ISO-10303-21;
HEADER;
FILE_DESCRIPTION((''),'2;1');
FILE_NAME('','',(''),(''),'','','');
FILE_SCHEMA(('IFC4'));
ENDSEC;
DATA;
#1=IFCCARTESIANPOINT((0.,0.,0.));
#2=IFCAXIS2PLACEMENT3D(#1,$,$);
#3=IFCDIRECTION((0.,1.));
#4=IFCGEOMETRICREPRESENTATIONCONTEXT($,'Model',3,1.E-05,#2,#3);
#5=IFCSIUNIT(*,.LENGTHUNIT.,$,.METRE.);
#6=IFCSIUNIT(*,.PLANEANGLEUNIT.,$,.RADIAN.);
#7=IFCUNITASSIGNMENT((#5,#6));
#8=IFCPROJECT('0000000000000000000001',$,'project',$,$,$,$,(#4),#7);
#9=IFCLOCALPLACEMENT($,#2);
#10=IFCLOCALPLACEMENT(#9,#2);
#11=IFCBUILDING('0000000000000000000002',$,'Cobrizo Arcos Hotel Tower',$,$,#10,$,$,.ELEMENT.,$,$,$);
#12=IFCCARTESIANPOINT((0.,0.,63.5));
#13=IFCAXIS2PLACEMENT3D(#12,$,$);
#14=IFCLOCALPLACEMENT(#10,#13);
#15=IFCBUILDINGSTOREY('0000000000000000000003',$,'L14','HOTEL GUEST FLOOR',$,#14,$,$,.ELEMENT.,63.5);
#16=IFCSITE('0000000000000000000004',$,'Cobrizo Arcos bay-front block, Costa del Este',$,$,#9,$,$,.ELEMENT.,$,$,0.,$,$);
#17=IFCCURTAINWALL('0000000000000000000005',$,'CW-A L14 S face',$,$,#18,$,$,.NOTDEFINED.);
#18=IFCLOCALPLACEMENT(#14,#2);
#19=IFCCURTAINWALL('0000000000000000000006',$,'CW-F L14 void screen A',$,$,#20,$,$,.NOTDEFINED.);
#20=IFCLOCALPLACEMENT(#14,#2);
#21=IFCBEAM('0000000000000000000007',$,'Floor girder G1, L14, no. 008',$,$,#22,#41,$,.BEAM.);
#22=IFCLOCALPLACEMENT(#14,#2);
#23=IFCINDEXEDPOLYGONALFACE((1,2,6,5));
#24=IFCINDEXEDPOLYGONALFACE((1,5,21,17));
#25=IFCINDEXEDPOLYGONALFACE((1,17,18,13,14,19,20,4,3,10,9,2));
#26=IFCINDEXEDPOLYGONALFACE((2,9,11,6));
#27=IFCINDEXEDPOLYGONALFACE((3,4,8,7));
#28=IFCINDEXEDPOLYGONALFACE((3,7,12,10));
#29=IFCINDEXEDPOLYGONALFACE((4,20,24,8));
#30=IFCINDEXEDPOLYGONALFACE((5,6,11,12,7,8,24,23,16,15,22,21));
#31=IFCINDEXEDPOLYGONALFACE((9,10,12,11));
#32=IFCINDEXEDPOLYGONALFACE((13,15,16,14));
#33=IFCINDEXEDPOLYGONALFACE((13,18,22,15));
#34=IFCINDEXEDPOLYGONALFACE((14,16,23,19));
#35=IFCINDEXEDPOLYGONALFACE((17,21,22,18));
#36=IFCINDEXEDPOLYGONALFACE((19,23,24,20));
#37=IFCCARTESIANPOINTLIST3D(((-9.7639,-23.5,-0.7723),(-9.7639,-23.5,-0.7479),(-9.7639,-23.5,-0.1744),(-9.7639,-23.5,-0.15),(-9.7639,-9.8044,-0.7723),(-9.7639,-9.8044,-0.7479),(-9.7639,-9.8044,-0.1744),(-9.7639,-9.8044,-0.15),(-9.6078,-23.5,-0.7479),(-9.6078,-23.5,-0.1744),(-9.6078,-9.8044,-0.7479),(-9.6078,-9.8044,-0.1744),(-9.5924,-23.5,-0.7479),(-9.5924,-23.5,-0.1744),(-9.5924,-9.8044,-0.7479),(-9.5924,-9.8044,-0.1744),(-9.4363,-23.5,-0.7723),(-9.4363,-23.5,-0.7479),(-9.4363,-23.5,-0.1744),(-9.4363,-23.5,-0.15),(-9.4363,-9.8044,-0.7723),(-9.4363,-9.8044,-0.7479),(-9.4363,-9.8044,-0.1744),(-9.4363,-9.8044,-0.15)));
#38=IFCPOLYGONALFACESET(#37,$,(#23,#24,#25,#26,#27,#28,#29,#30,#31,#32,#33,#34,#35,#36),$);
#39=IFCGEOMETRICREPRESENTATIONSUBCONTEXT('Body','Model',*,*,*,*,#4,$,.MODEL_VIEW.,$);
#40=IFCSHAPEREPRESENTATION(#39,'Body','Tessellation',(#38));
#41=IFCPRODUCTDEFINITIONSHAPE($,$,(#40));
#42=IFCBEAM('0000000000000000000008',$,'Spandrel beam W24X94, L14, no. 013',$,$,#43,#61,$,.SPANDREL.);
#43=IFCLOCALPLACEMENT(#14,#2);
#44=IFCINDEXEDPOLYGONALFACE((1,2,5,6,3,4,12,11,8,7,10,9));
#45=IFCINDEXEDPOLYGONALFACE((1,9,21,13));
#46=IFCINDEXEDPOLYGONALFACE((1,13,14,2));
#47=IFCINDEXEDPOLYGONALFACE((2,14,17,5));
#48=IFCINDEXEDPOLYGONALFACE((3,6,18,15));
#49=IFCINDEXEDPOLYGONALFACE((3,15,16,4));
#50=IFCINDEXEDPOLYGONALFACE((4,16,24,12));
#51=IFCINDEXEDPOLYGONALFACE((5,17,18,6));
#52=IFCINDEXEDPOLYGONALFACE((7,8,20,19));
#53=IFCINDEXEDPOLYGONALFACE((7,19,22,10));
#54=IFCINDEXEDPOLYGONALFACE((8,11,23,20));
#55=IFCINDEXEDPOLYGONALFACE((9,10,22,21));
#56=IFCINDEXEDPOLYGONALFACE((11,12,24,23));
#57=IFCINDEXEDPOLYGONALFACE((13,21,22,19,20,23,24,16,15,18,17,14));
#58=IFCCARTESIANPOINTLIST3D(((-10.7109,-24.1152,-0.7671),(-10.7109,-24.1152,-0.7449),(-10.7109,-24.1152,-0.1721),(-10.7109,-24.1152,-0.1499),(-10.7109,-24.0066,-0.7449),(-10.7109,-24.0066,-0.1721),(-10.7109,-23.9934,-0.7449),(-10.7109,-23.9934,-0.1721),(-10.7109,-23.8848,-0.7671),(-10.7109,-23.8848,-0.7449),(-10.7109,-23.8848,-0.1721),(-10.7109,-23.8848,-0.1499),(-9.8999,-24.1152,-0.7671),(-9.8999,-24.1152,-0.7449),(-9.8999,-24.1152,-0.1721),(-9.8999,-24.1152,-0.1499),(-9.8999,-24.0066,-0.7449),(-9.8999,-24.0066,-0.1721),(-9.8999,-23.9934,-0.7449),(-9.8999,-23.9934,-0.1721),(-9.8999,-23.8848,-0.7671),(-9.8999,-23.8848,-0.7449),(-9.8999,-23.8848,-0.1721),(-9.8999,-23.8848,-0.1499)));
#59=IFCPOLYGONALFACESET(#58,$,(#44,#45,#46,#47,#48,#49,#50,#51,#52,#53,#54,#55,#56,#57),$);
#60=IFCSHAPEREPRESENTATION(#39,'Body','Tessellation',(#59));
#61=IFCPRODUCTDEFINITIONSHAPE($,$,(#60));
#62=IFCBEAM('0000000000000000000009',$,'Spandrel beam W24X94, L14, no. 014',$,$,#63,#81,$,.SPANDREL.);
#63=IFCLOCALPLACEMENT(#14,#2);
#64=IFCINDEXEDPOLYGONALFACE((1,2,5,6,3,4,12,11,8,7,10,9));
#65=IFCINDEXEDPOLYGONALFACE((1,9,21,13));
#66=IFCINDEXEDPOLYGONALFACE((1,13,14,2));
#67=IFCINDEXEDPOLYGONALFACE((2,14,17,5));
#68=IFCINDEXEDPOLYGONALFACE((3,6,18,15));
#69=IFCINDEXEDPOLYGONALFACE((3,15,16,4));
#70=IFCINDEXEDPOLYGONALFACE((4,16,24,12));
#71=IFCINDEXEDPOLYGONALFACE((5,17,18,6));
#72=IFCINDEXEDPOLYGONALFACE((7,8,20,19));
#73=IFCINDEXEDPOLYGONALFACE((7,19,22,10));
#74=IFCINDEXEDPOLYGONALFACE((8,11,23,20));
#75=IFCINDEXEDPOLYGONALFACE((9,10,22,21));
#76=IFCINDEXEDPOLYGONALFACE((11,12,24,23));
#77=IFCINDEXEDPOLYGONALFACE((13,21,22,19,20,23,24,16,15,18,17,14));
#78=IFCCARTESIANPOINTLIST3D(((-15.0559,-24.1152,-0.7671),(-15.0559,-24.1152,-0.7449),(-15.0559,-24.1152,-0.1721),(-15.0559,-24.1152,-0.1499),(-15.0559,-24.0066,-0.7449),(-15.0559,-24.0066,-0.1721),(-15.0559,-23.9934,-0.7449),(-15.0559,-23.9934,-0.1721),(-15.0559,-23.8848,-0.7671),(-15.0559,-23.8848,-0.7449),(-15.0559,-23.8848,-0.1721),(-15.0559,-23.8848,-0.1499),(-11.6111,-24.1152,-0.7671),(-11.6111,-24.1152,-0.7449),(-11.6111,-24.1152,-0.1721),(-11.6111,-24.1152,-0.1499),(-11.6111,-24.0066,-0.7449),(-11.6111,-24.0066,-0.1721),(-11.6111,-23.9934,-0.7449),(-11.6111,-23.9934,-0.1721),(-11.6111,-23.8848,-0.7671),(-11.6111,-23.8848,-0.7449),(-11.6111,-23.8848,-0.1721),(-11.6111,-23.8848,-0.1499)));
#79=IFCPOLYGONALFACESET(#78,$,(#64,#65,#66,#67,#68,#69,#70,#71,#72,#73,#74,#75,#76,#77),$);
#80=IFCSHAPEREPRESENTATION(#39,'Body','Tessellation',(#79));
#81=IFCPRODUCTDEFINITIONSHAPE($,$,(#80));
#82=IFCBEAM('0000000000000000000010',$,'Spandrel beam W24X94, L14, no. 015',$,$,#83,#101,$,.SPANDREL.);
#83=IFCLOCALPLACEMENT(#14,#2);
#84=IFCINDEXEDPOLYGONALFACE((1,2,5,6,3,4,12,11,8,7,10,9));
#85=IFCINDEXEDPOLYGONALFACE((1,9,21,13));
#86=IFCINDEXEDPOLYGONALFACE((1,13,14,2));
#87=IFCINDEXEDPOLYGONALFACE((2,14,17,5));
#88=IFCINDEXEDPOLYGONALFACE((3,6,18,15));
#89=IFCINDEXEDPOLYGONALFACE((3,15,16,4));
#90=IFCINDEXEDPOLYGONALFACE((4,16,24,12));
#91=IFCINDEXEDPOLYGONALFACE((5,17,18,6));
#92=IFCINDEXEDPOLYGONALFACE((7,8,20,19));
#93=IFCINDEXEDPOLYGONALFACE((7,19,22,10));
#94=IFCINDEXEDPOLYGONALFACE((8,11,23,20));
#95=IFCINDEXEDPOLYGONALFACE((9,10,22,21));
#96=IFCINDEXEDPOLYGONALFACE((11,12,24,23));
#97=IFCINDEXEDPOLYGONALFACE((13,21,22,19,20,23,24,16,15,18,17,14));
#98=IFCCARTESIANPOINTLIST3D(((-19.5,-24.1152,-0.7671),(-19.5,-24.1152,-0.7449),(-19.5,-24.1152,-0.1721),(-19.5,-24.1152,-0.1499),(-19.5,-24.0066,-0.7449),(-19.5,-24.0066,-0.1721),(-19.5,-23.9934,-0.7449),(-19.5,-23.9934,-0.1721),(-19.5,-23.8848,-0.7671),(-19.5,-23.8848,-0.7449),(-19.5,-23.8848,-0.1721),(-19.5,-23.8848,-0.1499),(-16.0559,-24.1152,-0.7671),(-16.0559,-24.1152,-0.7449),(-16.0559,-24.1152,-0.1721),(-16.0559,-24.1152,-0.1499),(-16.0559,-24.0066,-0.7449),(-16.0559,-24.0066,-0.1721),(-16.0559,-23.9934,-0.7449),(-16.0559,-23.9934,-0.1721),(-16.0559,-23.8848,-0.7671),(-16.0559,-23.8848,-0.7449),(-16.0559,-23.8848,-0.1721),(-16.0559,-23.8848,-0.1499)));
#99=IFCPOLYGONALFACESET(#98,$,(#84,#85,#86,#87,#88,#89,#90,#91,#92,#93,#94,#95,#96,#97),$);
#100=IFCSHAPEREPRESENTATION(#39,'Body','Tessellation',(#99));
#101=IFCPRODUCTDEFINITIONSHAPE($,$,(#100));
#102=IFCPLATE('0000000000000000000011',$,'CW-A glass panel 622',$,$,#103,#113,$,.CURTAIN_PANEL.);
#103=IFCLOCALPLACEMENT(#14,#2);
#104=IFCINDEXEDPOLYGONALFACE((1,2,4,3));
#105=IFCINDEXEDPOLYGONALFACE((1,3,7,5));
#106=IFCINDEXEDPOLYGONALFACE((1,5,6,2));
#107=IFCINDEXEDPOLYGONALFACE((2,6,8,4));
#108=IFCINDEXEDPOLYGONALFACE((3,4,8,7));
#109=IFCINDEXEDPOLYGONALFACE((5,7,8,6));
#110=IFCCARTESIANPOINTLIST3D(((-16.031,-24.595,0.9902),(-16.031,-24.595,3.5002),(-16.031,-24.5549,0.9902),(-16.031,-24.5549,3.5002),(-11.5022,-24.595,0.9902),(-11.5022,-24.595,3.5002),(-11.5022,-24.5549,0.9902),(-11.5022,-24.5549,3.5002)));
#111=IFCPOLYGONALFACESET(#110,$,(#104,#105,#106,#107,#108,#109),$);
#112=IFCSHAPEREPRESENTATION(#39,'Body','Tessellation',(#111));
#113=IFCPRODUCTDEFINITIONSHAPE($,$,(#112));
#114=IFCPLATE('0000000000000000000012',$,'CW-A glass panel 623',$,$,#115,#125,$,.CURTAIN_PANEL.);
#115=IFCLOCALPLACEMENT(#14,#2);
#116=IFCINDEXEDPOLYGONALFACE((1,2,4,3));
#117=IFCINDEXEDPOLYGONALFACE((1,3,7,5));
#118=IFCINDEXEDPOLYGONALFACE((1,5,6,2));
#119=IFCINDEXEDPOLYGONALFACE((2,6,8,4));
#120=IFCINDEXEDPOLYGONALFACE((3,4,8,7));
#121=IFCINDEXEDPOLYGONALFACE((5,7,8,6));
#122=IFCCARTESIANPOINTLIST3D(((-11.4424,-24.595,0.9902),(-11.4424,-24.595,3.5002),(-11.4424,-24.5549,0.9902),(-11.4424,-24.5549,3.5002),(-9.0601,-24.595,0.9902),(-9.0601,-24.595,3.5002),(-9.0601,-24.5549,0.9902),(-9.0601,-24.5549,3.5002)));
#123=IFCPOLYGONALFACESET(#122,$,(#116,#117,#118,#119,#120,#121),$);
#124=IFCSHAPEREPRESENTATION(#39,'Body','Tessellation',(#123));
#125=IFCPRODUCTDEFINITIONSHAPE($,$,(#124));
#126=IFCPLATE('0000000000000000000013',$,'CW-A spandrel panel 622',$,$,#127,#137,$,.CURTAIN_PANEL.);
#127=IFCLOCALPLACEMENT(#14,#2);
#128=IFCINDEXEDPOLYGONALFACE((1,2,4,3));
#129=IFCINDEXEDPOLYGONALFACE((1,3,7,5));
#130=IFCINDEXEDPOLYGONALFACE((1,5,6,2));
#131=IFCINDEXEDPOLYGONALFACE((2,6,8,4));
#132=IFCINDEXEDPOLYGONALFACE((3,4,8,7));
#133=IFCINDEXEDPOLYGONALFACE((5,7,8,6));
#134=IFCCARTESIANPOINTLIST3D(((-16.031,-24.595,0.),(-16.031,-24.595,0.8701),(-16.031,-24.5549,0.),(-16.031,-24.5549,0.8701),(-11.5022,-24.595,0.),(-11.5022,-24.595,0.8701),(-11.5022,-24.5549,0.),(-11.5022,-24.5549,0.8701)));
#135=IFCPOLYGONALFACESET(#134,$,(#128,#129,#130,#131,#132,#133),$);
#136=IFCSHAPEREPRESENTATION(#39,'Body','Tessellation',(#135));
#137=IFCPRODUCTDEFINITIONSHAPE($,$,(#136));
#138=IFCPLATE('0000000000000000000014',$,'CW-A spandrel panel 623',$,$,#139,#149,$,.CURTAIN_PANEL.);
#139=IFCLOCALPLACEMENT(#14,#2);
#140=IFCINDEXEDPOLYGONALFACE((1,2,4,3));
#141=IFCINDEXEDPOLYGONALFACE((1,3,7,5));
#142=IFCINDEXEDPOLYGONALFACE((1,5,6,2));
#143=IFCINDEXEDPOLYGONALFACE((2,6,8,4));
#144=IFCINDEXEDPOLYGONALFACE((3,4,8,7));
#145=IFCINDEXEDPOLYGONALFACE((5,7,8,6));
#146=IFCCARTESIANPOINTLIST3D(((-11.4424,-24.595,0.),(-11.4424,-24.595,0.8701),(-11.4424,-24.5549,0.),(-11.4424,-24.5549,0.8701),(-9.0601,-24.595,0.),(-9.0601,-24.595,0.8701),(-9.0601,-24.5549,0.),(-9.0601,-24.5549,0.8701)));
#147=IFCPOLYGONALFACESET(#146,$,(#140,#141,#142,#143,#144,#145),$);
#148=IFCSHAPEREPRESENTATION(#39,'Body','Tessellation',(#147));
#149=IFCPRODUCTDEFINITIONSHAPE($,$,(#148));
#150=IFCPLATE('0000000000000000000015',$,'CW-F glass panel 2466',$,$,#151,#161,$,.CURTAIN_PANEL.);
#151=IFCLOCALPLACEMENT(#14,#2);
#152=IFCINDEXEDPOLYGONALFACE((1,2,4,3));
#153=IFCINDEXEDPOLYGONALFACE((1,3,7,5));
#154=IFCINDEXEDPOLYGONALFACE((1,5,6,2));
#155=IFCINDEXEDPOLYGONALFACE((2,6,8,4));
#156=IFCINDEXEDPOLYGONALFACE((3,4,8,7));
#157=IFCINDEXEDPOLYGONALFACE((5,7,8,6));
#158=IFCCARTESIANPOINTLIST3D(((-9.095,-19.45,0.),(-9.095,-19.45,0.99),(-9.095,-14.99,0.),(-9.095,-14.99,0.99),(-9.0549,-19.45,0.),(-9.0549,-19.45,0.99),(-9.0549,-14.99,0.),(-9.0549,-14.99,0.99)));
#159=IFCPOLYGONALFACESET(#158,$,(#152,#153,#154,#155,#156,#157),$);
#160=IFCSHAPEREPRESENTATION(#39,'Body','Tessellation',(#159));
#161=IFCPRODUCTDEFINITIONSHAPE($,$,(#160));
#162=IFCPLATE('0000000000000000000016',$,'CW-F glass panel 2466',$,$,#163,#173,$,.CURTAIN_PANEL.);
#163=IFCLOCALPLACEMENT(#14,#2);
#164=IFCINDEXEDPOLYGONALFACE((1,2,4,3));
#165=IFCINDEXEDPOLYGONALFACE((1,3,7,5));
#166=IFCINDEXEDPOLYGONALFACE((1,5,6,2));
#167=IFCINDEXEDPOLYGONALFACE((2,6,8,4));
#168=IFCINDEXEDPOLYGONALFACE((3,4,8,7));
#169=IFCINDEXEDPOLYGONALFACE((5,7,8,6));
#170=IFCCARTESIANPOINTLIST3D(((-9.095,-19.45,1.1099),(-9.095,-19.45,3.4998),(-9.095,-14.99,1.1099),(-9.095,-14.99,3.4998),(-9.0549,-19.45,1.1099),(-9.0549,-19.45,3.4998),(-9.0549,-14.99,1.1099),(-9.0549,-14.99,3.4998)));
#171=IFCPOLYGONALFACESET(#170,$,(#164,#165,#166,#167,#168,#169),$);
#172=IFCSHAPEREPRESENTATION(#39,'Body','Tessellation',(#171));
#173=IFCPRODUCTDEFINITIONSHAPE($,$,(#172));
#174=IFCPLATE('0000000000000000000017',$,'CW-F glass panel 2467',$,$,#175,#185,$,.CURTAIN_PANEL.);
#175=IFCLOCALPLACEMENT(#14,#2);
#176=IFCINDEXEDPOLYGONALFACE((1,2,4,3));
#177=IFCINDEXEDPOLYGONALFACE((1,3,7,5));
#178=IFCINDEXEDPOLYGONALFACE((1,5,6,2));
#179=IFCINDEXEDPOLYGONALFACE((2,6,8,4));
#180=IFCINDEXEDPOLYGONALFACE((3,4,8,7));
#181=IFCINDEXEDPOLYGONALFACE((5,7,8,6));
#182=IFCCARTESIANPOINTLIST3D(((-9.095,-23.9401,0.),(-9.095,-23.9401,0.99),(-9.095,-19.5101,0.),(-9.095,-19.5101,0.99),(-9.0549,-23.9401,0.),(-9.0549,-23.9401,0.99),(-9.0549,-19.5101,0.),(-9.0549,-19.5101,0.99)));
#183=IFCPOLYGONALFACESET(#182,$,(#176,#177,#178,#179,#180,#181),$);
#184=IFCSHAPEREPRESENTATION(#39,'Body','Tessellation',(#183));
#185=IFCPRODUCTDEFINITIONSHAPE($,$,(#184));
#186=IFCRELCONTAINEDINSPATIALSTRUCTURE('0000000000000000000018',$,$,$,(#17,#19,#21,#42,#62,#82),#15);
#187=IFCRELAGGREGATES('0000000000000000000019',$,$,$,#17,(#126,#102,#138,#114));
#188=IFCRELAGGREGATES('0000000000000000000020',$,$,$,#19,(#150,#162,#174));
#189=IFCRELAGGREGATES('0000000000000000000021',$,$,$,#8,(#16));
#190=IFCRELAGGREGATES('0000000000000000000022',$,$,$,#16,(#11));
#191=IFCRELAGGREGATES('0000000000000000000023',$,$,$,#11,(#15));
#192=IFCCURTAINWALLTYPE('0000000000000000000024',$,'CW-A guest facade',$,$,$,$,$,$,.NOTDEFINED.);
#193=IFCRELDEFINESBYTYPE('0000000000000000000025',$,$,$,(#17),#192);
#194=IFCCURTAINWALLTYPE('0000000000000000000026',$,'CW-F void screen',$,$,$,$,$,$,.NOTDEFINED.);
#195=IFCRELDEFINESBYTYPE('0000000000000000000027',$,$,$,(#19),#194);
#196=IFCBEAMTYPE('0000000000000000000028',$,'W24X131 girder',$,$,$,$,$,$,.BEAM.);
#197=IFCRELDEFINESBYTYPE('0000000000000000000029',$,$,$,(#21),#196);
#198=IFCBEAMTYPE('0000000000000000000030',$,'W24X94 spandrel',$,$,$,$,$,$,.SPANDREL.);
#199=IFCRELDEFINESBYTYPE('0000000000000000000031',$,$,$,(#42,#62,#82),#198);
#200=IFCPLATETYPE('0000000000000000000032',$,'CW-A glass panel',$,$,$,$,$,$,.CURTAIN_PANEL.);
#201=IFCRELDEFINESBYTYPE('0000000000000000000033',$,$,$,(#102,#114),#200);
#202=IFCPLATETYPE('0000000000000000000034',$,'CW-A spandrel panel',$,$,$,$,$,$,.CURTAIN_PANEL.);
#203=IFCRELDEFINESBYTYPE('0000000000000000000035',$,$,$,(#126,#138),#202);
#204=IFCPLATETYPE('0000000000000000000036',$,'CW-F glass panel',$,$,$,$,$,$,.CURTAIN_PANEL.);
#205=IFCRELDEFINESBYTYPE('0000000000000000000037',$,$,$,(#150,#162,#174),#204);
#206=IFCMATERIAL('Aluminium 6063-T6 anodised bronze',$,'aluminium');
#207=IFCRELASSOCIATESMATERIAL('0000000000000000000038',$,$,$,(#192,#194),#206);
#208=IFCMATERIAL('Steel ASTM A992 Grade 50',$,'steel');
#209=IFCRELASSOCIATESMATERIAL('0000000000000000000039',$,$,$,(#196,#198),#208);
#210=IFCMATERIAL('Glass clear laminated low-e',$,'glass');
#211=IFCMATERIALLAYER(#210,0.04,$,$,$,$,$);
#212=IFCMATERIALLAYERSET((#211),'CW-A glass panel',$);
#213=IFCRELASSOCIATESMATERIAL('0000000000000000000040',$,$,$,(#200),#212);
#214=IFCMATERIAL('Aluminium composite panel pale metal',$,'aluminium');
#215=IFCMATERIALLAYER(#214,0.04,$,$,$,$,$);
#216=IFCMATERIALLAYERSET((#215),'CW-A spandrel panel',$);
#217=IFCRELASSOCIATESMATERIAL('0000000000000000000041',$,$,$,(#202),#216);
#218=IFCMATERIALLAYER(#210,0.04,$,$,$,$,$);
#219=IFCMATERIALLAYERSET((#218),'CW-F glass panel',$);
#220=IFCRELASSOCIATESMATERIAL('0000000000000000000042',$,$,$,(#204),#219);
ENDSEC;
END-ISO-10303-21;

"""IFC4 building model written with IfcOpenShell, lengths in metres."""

from ifc_helpers import new_model, si_unit, direction, frame, origin, origin_2d, place, context, subcontext, project, spatial, rectangle, i_section, extrude, material, layer, layer_set, material_profile, profile_set, type_object, element, aggregate, save


model = new_model("IFC4")

# Units and contexts
model_context = context("Model", 3, precision=1e-05, world=origin(), true_north=direction((0.0, 1.0)))
body_context = subcontext(model_context, "Body", "Model", "MODEL_VIEW")
ifc_project = project(units=[si_unit("LENGTHUNIT", "METRE"), si_unit("PLANEANGLEUNIT", "RADIAN")], contexts=[model_context])

# Site, building, storey
site_placement = place(None, origin())
site = spatial("IfcSite", under=ifc_project, at=site_placement, Name="Cobrizo Arcos bay-front block, Costa del Este", CompositionType="ELEMENT", RefElevation=0.0)
building_placement = place(site_placement, origin())
building = spatial("IfcBuilding", under=site, at=building_placement, Name="Cobrizo Arcos Hotel Tower", CompositionType="ELEMENT")
storey_placement = place(building_placement, frame((0.0, 0.0, 63.5)))
storey = spatial("IfcBuildingStorey", under=building, at=storey_placement, Name="L14", Description="HOTEL GUEST FLOOR", CompositionType="ELEMENT", Elevation=63.5)

# Curtain walls
ifc_material_1 = material(Name="Aluminium 6063-T6 anodised bronze", Category="aluminium")
curtain_wall_type_1 = type_object("IfcCurtainWallType", Name="CW-A guest facade", PredefinedType="NOTDEFINED", material=ifc_material_1)
curtain_wall_1_placement = place(storey_placement, origin())
curtain_wall_1 = element("IfcCurtainWall", 1, at=curtain_wall_1_placement, inside=storey, type_object=curtain_wall_type_1, Name="CW-A L14 S face", PredefinedType="NOTDEFINED")
curtain_wall_type_2 = type_object("IfcCurtainWallType", Name="CW-F void screen", PredefinedType="NOTDEFINED", material=ifc_material_1)
curtain_wall_2_placement = place(storey_placement, origin())
curtain_wall_2 = element("IfcCurtainWall", 2, at=curtain_wall_2_placement, inside=storey, type_object=curtain_wall_type_2, Name="CW-F L14 void screen A", PredefinedType="NOTDEFINED")

# Beams
ifc_material_2 = material(Name="Steel ASTM A992 Grade 50", Category="steel")
ifc_material_profile_1 = material_profile(ifc_material_2, i_section(OverallWidth=0.3276, OverallDepth=0.6223, WebThickness=0.0154, FlangeThickness=0.0244, at=origin_2d()), Name="W24X131")
ifc_profile_set_1 = profile_set([ifc_material_profile_1], Name="Steel ASTM A992 Grade 50")
beam_type_1 = type_object("IfcBeamType", Name="W24X131 girder", PredefinedType="BEAM", material=ifc_profile_set_1)
beam_1_placement = place(storey_placement, frame((-9.6001, -23.5, -0.4612), z_axis=(0.0, 1.0, 0.0), x_axis=(-1.0, 0.0, 0.0)))
element("IfcBeam", 3, at=beam_1_placement, inside=storey, type_object=beam_type_1, Name="Floor girder G1, L14, no. 008", PredefinedType="BEAM", context=body_context, shape_type="SweptSolid", body=[
    extrude(i_section(OverallWidth=0.3276, OverallDepth=0.6223, WebThickness=0.0154, FlangeThickness=0.0244, at=origin_2d()), origin(), (0.0, 0.0, 1.0), 13.6956),
])
ifc_material_profile_2 = material_profile(ifc_material_2, i_section(OverallWidth=0.2305, OverallDepth=0.6172, WebThickness=0.0132, FlangeThickness=0.0222, at=origin_2d()), Name="W24X94")
ifc_profile_set_2 = profile_set([ifc_material_profile_2], Name="Steel ASTM A992 Grade 50")
beam_type_2 = type_object("IfcBeamType", Name="W24X94 spandrel", PredefinedType="SPANDREL", material=ifc_profile_set_2)
beam_2_placement = place(storey_placement, frame((-9.8999, -24.0, -0.4585), z_axis=(-1.0, 0.0, 0.0), x_axis=(0.0, -1.0, 0.0)))
element("IfcBeam", 4, at=beam_2_placement, inside=storey, type_object=beam_type_2, Name="Spandrel beam W24X94, L14, no. 013", PredefinedType="SPANDREL", context=body_context, shape_type="SweptSolid", body=[
    extrude(i_section(OverallWidth=0.2305, OverallDepth=0.6172, WebThickness=0.0132, FlangeThickness=0.0222, at=origin_2d()), origin(), (0.0, 0.0, 1.0), 0.811),
])
beam_3_placement = place(storey_placement, frame((-11.6111, -24.0, -0.4585), z_axis=(-1.0, 0.0, 0.0), x_axis=(0.0, -1.0, 0.0)))
element("IfcBeam", 5, at=beam_3_placement, inside=storey, type_object=beam_type_2, Name="Spandrel beam W24X94, L14, no. 014", PredefinedType="SPANDREL", context=body_context, shape_type="SweptSolid", body=[
    extrude(i_section(OverallWidth=0.2305, OverallDepth=0.6172, WebThickness=0.0132, FlangeThickness=0.0222, at=origin_2d()), origin(), (0.0, 0.0, 1.0), 3.4448),
])
beam_4_placement = place(storey_placement, frame((-16.0559, -24.0, -0.4585), z_axis=(-1.0, 0.0, 0.0), x_axis=(0.0, -1.0, 0.0)))
element("IfcBeam", 6, at=beam_4_placement, inside=storey, type_object=beam_type_2, Name="Spandrel beam W24X94, L14, no. 015", PredefinedType="SPANDREL", context=body_context, shape_type="SweptSolid", body=[
    extrude(i_section(OverallWidth=0.2305, OverallDepth=0.6172, WebThickness=0.0132, FlangeThickness=0.0222, at=origin_2d()), origin(), (0.0, 0.0, 1.0), 3.4441),
])

# Plates
ifc_material_3 = material(Name="Glass clear laminated low-e", Category="glass")
ifc_layer_1 = layer(ifc_material_3, 0.04)
ifc_layer_set_1 = layer_set([ifc_layer_1], Name="CW-A glass panel")
plate_type_1 = type_object("IfcPlateType", Name="CW-A glass panel", PredefinedType="CURTAIN_PANEL", material=ifc_layer_set_1)
plate_1_placement = place(storey_placement, frame((-13.7666, -24.575, 0.9902), z_axis=(0.0, 0.0, 1.0), x_axis=(1.0, 0.0, 0.0)))
plate_1 = element("IfcPlate", 7, at=plate_1_placement, type_object=plate_type_1, Name="CW-A glass panel 622", PredefinedType="CURTAIN_PANEL", context=body_context, shape_type="SweptSolid", body=[
    extrude(rectangle(XDim=4.5288, YDim=0.04, at=origin_2d()), origin(), (0.0, 0.0, 1.0), 2.51),
])
plate_2_placement = place(storey_placement, frame((-10.2512, -24.575, 0.9902), z_axis=(0.0, 0.0, 1.0), x_axis=(1.0, 0.0, 0.0)))
plate_2 = element("IfcPlate", 8, at=plate_2_placement, type_object=plate_type_1, Name="CW-A glass panel 623", PredefinedType="CURTAIN_PANEL", context=body_context, shape_type="SweptSolid", body=[
    extrude(rectangle(XDim=2.3823, YDim=0.04, at=origin_2d()), origin(), (0.0, 0.0, 1.0), 2.51),
])
ifc_material_4 = material(Name="Aluminium composite panel pale metal", Category="aluminium")
ifc_layer_2 = layer(ifc_material_4, 0.04)
ifc_layer_set_2 = layer_set([ifc_layer_2], Name="CW-A spandrel panel")
plate_type_2 = type_object("IfcPlateType", Name="CW-A spandrel panel", PredefinedType="CURTAIN_PANEL", material=ifc_layer_set_2)
plate_3_placement = place(storey_placement, frame((-13.7666, -24.575, 0.0), z_axis=(0.0, 0.0, 1.0), x_axis=(1.0, 0.0, 0.0)))
plate_3 = element("IfcPlate", 9, at=plate_3_placement, type_object=plate_type_2, Name="CW-A spandrel panel 622", PredefinedType="CURTAIN_PANEL", context=body_context, shape_type="SweptSolid", body=[
    extrude(rectangle(XDim=4.5288, YDim=0.04, at=origin_2d()), origin(), (0.0, 0.0, 1.0), 0.8701),
])
plate_4_placement = place(storey_placement, frame((-10.2512, -24.575, 0.0), z_axis=(0.0, 0.0, 1.0), x_axis=(1.0, 0.0, 0.0)))
plate_4 = element("IfcPlate", 10, at=plate_4_placement, type_object=plate_type_2, Name="CW-A spandrel panel 623", PredefinedType="CURTAIN_PANEL", context=body_context, shape_type="SweptSolid", body=[
    extrude(rectangle(XDim=2.3823, YDim=0.04, at=origin_2d()), origin(), (0.0, 0.0, 1.0), 0.8701),
])
aggregate(curtain_wall_1, [plate_3, plate_1, plate_4, plate_2])
ifc_layer_3 = layer(ifc_material_3, 0.04)
ifc_layer_set_3 = layer_set([ifc_layer_3], Name="CW-F glass panel")
plate_type_3 = type_object("IfcPlateType", Name="CW-F glass panel", PredefinedType="CURTAIN_PANEL", material=ifc_layer_set_3)
plate_5_placement = place(storey_placement, frame((-9.075, -17.22, 0.0), z_axis=(0.0, 0.0, 1.0), x_axis=(0.0, -1.0, 0.0)))
plate_5 = element("IfcPlate", 11, at=plate_5_placement, type_object=plate_type_3, Name="CW-F glass panel 2466", PredefinedType="CURTAIN_PANEL", context=body_context, shape_type="SweptSolid", body=[
    extrude(rectangle(XDim=4.46, YDim=0.04, at=origin_2d()), origin(), (0.0, 0.0, 1.0), 0.99),
])
plate_6_placement = place(storey_placement, frame((-9.075, -17.22, 1.1099), z_axis=(0.0, 0.0, 1.0), x_axis=(0.0, -1.0, 0.0)))
plate_6 = element("IfcPlate", 12, at=plate_6_placement, type_object=plate_type_3, Name="CW-F glass panel 2466", PredefinedType="CURTAIN_PANEL", context=body_context, shape_type="SweptSolid", body=[
    extrude(rectangle(XDim=4.46, YDim=0.04, at=origin_2d()), origin(), (0.0, 0.0, 1.0), 2.3899),
])
plate_7_placement = place(storey_placement, frame((-9.075, -21.7251, 0.0), z_axis=(0.0, 0.0, 1.0), x_axis=(0.0, -1.0, 0.0)))
plate_7 = element("IfcPlate", 13, at=plate_7_placement, type_object=plate_type_3, Name="CW-F glass panel 2467", PredefinedType="CURTAIN_PANEL", context=body_context, shape_type="SweptSolid", body=[
    extrude(rectangle(XDim=4.4299, YDim=0.04, at=origin_2d()), origin(), (0.0, 0.0, 1.0), 0.99),
])
aggregate(curtain_wall_2, [plate_5, plate_6, plate_7])

save(model, "model.ifc")
